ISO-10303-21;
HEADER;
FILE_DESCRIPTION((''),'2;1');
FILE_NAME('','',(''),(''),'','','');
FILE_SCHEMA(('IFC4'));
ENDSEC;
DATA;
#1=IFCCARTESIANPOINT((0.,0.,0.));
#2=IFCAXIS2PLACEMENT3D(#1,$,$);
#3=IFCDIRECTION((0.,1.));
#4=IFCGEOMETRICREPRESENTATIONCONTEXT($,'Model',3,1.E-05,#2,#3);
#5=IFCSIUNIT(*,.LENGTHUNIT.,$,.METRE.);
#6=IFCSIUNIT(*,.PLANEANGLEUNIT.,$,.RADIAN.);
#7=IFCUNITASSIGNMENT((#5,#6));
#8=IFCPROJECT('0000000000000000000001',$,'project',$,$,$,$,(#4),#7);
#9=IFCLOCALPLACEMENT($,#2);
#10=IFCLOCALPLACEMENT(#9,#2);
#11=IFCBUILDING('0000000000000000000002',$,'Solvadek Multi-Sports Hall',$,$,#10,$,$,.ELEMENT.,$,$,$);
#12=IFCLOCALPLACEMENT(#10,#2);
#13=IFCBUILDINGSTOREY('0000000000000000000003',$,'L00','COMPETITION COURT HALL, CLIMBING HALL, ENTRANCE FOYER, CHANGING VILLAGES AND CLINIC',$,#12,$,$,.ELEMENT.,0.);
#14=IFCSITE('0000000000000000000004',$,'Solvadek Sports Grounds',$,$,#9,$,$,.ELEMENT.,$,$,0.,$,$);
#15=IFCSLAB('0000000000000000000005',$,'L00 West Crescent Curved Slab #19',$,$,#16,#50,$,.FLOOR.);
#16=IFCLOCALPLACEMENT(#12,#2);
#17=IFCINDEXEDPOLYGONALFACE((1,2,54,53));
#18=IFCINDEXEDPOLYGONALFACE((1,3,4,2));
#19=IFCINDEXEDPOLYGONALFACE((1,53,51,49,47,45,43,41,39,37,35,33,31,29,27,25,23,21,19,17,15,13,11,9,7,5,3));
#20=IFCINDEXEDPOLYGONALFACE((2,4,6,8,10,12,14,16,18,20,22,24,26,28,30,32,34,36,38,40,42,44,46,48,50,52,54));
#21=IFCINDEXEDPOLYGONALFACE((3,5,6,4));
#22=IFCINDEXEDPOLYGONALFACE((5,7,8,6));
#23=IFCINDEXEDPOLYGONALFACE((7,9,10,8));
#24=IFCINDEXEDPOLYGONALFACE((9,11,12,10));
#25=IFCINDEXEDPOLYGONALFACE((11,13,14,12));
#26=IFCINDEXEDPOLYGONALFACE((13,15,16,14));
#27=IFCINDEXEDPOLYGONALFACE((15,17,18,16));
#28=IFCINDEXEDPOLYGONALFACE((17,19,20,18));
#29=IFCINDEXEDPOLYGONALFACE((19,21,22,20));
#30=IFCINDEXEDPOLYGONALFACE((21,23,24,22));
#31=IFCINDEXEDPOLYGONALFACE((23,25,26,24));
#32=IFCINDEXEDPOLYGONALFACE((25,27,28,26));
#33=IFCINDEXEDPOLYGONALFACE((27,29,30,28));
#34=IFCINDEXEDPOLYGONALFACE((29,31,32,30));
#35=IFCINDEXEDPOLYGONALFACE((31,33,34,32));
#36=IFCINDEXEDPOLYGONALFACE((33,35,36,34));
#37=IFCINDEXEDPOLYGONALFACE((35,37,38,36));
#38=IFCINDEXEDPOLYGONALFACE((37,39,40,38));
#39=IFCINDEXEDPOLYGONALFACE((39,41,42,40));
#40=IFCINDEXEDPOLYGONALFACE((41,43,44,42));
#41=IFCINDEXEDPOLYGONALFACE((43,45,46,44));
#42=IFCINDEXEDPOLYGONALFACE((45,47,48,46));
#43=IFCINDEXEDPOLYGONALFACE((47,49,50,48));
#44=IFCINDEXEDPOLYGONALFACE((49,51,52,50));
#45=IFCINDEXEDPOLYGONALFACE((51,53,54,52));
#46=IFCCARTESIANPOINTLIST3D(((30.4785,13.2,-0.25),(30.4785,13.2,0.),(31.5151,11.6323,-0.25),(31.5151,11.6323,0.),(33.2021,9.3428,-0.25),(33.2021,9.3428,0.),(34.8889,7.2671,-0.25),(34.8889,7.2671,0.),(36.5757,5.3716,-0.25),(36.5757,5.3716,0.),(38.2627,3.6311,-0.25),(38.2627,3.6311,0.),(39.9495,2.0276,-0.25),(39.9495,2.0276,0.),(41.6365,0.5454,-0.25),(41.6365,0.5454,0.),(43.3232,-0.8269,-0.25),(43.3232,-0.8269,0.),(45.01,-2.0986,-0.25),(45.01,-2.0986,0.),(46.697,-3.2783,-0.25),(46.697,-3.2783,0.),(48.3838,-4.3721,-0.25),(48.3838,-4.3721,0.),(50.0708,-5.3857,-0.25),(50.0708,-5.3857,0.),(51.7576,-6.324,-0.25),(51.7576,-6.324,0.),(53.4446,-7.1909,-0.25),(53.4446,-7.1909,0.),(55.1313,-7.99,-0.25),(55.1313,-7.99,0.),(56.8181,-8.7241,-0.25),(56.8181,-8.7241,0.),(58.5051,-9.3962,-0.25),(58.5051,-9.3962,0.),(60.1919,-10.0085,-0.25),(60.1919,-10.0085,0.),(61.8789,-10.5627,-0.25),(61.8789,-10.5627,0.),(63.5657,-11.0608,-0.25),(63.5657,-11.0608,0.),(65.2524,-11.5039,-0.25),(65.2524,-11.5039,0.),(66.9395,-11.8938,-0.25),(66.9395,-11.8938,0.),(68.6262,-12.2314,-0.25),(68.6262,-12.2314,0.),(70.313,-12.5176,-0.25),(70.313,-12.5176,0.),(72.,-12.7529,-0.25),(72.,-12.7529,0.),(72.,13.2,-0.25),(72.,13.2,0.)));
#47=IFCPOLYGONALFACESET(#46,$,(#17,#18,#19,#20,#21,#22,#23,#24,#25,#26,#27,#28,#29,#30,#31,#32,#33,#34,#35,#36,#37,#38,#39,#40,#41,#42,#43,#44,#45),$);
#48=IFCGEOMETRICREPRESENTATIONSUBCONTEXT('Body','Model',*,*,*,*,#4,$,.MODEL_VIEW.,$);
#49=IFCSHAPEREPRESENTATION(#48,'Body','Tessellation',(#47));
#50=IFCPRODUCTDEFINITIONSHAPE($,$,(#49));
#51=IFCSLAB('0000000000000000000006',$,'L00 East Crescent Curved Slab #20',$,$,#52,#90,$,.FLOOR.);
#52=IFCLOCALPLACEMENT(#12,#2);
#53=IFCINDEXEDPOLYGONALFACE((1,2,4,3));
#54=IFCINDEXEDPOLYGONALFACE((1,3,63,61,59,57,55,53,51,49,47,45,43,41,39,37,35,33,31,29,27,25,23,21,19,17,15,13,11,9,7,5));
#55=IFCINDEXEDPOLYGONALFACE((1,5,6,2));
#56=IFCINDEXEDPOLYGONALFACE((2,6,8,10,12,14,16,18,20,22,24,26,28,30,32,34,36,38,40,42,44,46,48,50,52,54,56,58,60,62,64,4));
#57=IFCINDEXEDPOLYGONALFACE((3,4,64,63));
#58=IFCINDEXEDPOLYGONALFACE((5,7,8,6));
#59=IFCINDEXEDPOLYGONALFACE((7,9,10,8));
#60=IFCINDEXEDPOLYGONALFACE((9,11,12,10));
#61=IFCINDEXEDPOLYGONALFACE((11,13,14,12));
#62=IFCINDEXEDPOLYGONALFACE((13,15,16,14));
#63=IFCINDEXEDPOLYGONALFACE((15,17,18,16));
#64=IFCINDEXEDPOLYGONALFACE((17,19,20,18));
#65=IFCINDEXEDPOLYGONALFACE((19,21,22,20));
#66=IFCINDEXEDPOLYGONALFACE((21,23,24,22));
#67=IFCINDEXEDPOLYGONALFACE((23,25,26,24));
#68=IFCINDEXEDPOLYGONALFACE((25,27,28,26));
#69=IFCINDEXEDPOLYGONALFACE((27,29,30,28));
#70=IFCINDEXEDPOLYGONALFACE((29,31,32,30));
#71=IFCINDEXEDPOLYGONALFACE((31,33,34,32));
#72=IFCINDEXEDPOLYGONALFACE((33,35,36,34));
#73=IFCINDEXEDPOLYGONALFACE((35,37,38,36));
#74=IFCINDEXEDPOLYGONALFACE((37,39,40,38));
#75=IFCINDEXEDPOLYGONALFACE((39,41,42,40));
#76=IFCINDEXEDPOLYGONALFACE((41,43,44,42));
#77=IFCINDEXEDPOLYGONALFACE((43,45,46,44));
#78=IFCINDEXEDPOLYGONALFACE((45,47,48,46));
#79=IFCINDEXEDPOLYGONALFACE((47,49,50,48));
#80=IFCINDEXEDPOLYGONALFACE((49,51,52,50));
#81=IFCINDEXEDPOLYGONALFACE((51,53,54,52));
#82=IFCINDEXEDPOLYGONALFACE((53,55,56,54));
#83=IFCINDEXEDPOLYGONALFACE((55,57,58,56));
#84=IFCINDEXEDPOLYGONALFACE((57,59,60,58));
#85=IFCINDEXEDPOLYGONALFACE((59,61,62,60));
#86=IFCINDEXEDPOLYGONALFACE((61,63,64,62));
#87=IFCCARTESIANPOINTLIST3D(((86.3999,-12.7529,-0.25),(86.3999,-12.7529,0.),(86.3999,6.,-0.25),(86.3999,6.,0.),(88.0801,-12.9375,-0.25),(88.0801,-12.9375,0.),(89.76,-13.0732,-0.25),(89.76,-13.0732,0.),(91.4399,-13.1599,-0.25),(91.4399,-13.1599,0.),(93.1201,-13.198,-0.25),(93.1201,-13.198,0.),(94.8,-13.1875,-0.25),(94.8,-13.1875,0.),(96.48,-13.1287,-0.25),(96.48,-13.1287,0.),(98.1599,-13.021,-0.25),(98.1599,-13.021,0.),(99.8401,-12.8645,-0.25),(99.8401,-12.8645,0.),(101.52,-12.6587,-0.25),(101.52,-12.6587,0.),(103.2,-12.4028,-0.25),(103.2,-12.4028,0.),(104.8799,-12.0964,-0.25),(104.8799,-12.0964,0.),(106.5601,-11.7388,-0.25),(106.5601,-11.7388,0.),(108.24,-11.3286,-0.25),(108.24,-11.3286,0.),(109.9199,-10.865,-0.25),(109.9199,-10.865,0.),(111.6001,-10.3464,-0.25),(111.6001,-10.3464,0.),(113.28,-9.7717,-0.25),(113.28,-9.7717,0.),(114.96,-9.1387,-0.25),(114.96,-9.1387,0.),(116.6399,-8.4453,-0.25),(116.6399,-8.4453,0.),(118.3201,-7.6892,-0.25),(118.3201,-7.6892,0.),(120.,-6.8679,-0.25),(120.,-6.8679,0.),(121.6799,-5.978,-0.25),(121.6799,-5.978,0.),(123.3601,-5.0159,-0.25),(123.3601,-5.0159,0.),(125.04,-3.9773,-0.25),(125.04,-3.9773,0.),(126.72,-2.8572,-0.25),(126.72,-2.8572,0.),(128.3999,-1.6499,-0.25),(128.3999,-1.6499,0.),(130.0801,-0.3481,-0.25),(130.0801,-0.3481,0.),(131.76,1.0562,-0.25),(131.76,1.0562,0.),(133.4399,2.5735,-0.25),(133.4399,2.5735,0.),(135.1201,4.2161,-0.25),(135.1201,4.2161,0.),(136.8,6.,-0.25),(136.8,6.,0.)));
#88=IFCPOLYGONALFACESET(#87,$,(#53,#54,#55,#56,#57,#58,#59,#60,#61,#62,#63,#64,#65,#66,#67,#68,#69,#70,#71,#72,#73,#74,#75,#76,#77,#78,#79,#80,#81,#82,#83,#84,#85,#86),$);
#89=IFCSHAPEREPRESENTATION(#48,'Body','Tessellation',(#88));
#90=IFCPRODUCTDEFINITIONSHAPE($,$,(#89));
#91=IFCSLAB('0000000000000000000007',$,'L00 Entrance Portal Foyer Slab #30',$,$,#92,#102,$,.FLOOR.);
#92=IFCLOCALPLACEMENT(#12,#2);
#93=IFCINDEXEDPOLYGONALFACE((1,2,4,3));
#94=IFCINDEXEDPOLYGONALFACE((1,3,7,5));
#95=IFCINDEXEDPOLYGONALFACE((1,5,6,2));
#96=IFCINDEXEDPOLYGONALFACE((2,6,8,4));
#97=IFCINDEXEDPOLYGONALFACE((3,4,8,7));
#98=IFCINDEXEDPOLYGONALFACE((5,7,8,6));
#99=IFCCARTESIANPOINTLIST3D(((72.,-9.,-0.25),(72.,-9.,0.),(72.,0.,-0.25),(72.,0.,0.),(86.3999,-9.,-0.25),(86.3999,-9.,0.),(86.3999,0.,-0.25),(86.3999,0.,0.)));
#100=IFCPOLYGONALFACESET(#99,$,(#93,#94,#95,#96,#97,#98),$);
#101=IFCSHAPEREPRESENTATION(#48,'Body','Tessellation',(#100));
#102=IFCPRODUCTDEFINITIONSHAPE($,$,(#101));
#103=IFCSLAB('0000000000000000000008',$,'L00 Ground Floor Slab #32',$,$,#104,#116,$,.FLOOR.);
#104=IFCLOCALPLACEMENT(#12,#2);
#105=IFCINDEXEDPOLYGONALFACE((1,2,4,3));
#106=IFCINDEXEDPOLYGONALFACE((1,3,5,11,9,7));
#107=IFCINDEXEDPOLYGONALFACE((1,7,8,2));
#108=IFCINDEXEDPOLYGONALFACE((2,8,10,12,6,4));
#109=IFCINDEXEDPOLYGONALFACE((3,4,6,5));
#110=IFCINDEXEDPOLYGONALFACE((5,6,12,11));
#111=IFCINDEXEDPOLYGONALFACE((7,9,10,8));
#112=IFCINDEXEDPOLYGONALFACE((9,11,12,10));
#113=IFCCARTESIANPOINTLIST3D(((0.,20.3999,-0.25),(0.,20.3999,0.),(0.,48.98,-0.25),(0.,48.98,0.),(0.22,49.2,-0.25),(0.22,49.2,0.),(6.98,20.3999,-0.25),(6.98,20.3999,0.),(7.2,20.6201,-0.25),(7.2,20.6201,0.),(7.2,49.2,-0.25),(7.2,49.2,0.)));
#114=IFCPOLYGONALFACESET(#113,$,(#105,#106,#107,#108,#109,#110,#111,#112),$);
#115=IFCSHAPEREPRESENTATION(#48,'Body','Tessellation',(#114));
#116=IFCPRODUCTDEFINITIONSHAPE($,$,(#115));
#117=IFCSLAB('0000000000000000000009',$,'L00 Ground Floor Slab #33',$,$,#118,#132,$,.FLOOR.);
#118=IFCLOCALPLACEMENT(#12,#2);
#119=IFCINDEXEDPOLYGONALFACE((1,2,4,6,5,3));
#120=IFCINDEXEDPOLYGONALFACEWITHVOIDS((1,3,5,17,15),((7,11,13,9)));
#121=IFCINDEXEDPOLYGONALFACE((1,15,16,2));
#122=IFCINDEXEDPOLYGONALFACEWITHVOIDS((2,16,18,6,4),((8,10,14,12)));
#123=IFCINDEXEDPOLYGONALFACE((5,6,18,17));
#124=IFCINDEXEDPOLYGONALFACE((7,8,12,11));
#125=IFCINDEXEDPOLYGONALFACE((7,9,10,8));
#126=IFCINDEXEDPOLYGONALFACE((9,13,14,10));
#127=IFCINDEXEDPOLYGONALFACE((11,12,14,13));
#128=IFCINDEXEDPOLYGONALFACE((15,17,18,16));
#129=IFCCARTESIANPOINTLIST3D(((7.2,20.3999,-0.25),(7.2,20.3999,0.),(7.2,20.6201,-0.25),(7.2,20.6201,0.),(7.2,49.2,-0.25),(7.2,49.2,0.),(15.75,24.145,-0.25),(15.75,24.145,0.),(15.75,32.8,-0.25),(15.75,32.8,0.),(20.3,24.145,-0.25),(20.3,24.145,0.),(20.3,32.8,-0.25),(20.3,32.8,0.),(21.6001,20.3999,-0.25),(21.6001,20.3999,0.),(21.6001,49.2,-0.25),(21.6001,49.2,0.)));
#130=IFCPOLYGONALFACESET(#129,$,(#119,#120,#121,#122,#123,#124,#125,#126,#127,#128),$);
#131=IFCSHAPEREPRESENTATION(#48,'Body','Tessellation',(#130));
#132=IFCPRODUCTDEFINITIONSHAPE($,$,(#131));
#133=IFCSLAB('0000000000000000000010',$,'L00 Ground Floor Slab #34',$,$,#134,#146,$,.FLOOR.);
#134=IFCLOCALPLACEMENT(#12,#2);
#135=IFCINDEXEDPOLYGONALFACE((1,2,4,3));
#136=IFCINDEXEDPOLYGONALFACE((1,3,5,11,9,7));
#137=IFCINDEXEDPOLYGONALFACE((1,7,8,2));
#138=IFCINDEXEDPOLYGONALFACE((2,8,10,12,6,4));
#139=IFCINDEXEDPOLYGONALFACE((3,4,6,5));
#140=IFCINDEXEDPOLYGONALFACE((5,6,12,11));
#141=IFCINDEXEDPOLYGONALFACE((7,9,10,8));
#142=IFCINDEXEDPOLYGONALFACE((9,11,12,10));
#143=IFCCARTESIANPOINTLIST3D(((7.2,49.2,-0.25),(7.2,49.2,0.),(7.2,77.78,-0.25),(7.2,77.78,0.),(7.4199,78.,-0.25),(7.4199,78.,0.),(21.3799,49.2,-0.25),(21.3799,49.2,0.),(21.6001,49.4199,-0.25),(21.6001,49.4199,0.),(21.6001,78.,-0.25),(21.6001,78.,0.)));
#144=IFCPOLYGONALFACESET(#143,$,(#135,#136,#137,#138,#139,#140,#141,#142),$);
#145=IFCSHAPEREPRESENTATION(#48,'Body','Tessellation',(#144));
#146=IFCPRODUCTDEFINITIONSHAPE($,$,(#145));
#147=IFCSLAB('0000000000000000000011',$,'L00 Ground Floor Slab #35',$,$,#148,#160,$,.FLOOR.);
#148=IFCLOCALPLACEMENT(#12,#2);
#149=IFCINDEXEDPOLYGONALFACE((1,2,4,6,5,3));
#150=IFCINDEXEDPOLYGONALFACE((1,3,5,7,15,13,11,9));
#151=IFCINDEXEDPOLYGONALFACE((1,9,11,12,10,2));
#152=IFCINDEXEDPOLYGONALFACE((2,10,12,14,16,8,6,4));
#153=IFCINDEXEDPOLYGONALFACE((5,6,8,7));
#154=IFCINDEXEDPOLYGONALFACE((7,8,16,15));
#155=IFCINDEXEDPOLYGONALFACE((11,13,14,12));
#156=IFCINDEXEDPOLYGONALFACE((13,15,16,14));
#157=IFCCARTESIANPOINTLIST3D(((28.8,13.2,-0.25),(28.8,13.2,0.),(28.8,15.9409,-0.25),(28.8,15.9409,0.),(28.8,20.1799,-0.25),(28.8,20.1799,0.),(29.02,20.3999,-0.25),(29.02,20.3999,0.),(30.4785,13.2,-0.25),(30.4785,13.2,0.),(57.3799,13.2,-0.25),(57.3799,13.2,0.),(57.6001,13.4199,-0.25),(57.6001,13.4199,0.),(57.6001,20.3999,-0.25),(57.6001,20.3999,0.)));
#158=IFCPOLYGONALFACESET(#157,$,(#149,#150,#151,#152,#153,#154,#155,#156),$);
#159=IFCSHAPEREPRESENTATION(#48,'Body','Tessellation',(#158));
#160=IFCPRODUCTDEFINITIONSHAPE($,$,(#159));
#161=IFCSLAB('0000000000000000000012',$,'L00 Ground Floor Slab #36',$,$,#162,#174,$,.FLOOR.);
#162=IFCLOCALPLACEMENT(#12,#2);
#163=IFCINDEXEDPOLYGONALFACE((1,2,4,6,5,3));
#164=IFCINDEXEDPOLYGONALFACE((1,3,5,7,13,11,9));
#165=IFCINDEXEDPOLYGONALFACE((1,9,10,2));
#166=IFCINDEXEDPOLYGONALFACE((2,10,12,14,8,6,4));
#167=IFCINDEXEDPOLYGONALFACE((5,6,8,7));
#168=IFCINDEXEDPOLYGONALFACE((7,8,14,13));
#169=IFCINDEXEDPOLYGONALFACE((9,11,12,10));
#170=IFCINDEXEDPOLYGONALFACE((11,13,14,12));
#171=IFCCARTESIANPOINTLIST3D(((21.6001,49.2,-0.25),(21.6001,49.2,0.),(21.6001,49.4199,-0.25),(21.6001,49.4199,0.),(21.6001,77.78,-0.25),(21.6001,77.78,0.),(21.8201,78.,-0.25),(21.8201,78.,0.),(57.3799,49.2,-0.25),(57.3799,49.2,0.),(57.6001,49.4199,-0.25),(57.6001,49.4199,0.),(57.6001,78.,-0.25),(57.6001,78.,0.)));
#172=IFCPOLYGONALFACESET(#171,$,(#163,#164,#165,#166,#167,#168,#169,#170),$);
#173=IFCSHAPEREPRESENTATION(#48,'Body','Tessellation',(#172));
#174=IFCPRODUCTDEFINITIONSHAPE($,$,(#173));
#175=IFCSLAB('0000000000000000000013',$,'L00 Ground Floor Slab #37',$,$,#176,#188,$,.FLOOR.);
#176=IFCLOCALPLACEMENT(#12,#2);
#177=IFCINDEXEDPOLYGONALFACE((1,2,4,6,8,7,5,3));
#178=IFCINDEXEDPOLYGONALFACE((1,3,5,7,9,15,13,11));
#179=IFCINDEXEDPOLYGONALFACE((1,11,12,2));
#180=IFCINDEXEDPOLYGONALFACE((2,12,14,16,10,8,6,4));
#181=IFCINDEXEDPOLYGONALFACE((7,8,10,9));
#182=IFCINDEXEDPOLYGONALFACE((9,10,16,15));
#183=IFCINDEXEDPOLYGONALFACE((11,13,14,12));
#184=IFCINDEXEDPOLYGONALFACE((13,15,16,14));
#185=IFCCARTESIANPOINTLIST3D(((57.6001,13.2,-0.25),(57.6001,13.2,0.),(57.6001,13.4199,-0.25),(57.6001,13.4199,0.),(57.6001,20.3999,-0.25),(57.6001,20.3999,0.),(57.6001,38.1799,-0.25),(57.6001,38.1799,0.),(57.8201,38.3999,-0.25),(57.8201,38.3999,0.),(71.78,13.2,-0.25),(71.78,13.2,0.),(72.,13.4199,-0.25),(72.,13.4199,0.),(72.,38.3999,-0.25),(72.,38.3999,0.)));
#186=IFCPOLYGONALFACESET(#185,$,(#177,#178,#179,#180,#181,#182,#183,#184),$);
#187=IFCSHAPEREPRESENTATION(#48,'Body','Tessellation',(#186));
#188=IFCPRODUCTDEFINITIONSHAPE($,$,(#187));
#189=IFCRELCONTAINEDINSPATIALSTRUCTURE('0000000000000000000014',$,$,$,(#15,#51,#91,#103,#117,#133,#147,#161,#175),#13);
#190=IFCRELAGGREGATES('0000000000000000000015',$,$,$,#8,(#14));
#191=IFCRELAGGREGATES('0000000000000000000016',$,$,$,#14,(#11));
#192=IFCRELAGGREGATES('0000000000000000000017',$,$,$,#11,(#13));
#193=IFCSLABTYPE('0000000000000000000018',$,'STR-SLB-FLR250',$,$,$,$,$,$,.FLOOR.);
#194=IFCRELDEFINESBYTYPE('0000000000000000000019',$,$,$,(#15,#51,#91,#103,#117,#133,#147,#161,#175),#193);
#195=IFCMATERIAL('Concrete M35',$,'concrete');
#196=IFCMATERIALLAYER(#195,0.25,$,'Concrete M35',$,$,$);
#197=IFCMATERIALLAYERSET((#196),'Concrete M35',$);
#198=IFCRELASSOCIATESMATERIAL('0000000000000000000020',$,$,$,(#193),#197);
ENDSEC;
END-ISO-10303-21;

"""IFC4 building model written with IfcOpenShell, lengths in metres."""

from ifc_helpers import new_model, si_unit, direction, frame, origin, place, context, subcontext, project, spatial, polyline, outline, extrude, material, layer, layer_set, type_object, element, save


model = new_model("IFC4")

# Units and contexts
model_context = context("Model", 3, precision=1e-05, world=origin(), true_north=direction((0.0, 1.0)))
body_context = subcontext(model_context, "Body", "Model", "MODEL_VIEW")
ifc_project = project(units=[si_unit("LENGTHUNIT", "METRE"), si_unit("PLANEANGLEUNIT", "RADIAN")], contexts=[model_context])

# Site, building, storey
site_placement = place(None, origin())
site = spatial("IfcSite", under=ifc_project, at=site_placement, Name="Solvadek Sports Grounds", CompositionType="ELEMENT", RefElevation=0.0)
building_placement = place(site_placement, origin())
building = spatial("IfcBuilding", under=site, at=building_placement, Name="Solvadek Multi-Sports Hall", CompositionType="ELEMENT")
storey_placement = place(building_placement, origin())
storey = spatial("IfcBuildingStorey", under=building, at=storey_placement, Name="L00", Description="COMPETITION COURT HALL, CLIMBING HALL, ENTRANCE FOYER, CHANGING VILLAGES AND CLINIC", CompositionType="ELEMENT", Elevation=0.0)

# Shared definitions
ifc_material_1 = material(Name="Concrete M35", Category="concrete")

# Slabs
ifc_layer_1 = layer(ifc_material_1, 0.25, Name="Concrete M35")
ifc_layer_set_1 = layer_set([ifc_layer_1], Name="Concrete M35")
slab_type_1 = type_object("IfcSlabType", Name="STR-SLB-FLR250", PredefinedType="FLOOR", material=ifc_layer_set_1)
slab_1_placement = place(storey_placement, frame((0.0, 0.0, -0.25)))
element("IfcSlab", 1, at=slab_1_placement, inside=storey, type_object=slab_type_1, Name="L00 West Crescent Curved Slab #19", PredefinedType="FLOOR", context=body_context, shape_type="SweptSolid", body=[
    extrude(outline(polyline([(30.4785, 13.2), (72.0, 13.2), (72.0, -12.7529), (70.313, -12.5176), (68.6262, -12.2314), (66.9395, -11.8938), (65.2524, -11.5039), (63.5657, -11.0608), (61.8789, -10.5627), (60.1919, -10.0085), (58.5051, -9.3962), (56.8181, -8.7241), (55.1313, -7.99), (53.4446, -7.1909), (51.7576, -6.324), (50.0708, -5.3857), (48.3838, -4.3721), (46.697, -3.2783), (45.01, -2.0986), (43.3232, -0.8269), (41.6365, 0.5454), (39.9495, 2.0276), (38.2627, 3.6311), (36.5757, 5.3716), (34.8889, 7.2671), (33.2021, 9.3428), (31.5151, 11.6323), (30.4785, 13.2)])), origin(), (0.0, 0.0, 1.0), 0.25),
])
slab_2_placement = place(storey_placement, frame((0.0, 0.0, -0.25)))
element("IfcSlab", 2, at=slab_2_placement, inside=storey, type_object=slab_type_1, Name="L00 East Crescent Curved Slab #20", PredefinedType="FLOOR", context=body_context, shape_type="SweptSolid", body=[
    extrude(outline(polyline([(136.8, 6.0), (135.1201, 4.2161), (133.4399, 2.5735), (131.76, 1.0562), (130.0801, -0.3481), (128.3999, -1.6499), (126.72, -2.8572), (125.04, -3.9773), (123.3601, -5.0159), (121.6799, -5.978), (120.0, -6.8679), (118.3201, -7.6892), (116.6399, -8.4453), (114.96, -9.1387), (113.28, -9.7717), (111.6001, -10.3464), (109.9199, -10.865), (108.24, -11.3286), (106.5601, -11.7388), (104.8799, -12.0964), (103.2, -12.4028), (101.52, -12.6587), (99.8401, -12.8645), (98.1599, -13.021), (96.48, -13.1287), (94.8, -13.1875), (93.1201, -13.198), (91.4399, -13.1599), (89.76, -13.0732), (88.0801, -12.9375), (86.3999, -12.7529), (86.3999, 6.0), (136.8, 6.0)])), origin(), (0.0, 0.0, 1.0), 0.25),
])
slab_3_placement = place(storey_placement, frame((0.0, 0.0, -0.25)))
element("IfcSlab", 3, at=slab_3_placement, inside=storey, type_object=slab_type_1, Name="L00 Entrance Portal Foyer Slab #30", PredefinedType="FLOOR", context=body_context, shape_type="SweptSolid", body=[
    extrude(outline(polyline([(72.0, 0.0), (86.3999, 0.0), (86.3999, -9.0), (72.0, -9.0), (72.0, 0.0)])), origin(), (0.0, 0.0, 1.0), 0.25),
])
slab_4_placement = place(storey_placement, frame((0.0, 0.0, -0.25)))
element("IfcSlab", 4, at=slab_4_placement, inside=storey, type_object=slab_type_1, Name="L00 Ground Floor Slab #32", PredefinedType="FLOOR", context=body_context, shape_type="SweptSolid", body=[
    extrude(outline(polyline([(0.0, 48.98), (0.22, 49.2), (7.2, 49.2), (7.2, 20.6201), (6.98, 20.3999), (0.0, 20.3999), (0.0, 48.98)])), origin(), (0.0, 0.0, 1.0), 0.25),
])
slab_5_placement = place(storey_placement, frame((0.0, 0.0, -0.25)))
element("IfcSlab", 5, at=slab_5_placement, inside=storey, type_object=slab_type_1, Name="L00 Ground Floor Slab #33", PredefinedType="FLOOR", context=body_context, shape_type="SweptSolid", body=[
    extrude(outline(polyline([(7.2, 20.6201), (7.2, 49.2), (21.6001, 49.2), (21.6001, 20.3999), (7.2, 20.3999), (7.2, 20.6201)]), holes=[polyline([(20.3, 32.8), (15.75, 32.8), (15.75, 24.145), (20.3, 24.145), (20.3, 32.8)])]), origin(), (0.0, 0.0, 1.0), 0.25),
])
slab_6_placement = place(storey_placement, frame((0.0, 0.0, -0.25)))
element("IfcSlab", 6, at=slab_6_placement, inside=storey, type_object=slab_type_1, Name="L00 Ground Floor Slab #34", PredefinedType="FLOOR", context=body_context, shape_type="SweptSolid", body=[
    extrude(outline(polyline([(7.2, 77.78), (7.4199, 78.0), (21.6001, 78.0), (21.6001, 49.4199), (21.3799, 49.2), (7.2, 49.2), (7.2, 77.78)])), origin(), (0.0, 0.0, 1.0), 0.25),
])
slab_7_placement = place(storey_placement, frame((0.0, 0.0, -0.25)))
element("IfcSlab", 7, at=slab_7_placement, inside=storey, type_object=slab_type_1, Name="L00 Ground Floor Slab #35", PredefinedType="FLOOR", context=body_context, shape_type="SweptSolid", body=[
    extrude(outline(polyline([(28.8, 15.9409), (28.8, 20.1799), (29.02, 20.3999), (57.6001, 20.3999), (57.6001, 13.4199), (57.3799, 13.2), (30.4785, 13.2), (28.8, 13.2), (28.8, 15.9409)])), origin(), (0.0, 0.0, 1.0), 0.25),
])
slab_8_placement = place(storey_placement, frame((0.0, 0.0, -0.25)))
element("IfcSlab", 8, at=slab_8_placement, inside=storey, type_object=slab_type_1, Name="L00 Ground Floor Slab #36", PredefinedType="FLOOR", context=body_context, shape_type="SweptSolid", body=[
    extrude(outline(polyline([(21.6001, 49.4199), (21.6001, 77.78), (21.8201, 78.0), (57.6001, 78.0), (57.6001, 49.4199), (57.3799, 49.2), (21.6001, 49.2), (21.6001, 49.4199)])), origin(), (0.0, 0.0, 1.0), 0.25),
])
slab_9_placement = place(storey_placement, frame((0.0, 0.0, -0.25)))
element("IfcSlab", 9, at=slab_9_placement, inside=storey, type_object=slab_type_1, Name="L00 Ground Floor Slab #37", PredefinedType="FLOOR", context=body_context, shape_type="SweptSolid", body=[
    extrude(outline(polyline([(57.6001, 13.4199), (57.6001, 20.3999), (57.6001, 38.1799), (57.8201, 38.3999), (72.0, 38.3999), (72.0, 13.4199), (71.78, 13.2), (57.6001, 13.2), (57.6001, 13.4199)])), origin(), (0.0, 0.0, 1.0), 0.25),
])

save(model, "model.ifc")
